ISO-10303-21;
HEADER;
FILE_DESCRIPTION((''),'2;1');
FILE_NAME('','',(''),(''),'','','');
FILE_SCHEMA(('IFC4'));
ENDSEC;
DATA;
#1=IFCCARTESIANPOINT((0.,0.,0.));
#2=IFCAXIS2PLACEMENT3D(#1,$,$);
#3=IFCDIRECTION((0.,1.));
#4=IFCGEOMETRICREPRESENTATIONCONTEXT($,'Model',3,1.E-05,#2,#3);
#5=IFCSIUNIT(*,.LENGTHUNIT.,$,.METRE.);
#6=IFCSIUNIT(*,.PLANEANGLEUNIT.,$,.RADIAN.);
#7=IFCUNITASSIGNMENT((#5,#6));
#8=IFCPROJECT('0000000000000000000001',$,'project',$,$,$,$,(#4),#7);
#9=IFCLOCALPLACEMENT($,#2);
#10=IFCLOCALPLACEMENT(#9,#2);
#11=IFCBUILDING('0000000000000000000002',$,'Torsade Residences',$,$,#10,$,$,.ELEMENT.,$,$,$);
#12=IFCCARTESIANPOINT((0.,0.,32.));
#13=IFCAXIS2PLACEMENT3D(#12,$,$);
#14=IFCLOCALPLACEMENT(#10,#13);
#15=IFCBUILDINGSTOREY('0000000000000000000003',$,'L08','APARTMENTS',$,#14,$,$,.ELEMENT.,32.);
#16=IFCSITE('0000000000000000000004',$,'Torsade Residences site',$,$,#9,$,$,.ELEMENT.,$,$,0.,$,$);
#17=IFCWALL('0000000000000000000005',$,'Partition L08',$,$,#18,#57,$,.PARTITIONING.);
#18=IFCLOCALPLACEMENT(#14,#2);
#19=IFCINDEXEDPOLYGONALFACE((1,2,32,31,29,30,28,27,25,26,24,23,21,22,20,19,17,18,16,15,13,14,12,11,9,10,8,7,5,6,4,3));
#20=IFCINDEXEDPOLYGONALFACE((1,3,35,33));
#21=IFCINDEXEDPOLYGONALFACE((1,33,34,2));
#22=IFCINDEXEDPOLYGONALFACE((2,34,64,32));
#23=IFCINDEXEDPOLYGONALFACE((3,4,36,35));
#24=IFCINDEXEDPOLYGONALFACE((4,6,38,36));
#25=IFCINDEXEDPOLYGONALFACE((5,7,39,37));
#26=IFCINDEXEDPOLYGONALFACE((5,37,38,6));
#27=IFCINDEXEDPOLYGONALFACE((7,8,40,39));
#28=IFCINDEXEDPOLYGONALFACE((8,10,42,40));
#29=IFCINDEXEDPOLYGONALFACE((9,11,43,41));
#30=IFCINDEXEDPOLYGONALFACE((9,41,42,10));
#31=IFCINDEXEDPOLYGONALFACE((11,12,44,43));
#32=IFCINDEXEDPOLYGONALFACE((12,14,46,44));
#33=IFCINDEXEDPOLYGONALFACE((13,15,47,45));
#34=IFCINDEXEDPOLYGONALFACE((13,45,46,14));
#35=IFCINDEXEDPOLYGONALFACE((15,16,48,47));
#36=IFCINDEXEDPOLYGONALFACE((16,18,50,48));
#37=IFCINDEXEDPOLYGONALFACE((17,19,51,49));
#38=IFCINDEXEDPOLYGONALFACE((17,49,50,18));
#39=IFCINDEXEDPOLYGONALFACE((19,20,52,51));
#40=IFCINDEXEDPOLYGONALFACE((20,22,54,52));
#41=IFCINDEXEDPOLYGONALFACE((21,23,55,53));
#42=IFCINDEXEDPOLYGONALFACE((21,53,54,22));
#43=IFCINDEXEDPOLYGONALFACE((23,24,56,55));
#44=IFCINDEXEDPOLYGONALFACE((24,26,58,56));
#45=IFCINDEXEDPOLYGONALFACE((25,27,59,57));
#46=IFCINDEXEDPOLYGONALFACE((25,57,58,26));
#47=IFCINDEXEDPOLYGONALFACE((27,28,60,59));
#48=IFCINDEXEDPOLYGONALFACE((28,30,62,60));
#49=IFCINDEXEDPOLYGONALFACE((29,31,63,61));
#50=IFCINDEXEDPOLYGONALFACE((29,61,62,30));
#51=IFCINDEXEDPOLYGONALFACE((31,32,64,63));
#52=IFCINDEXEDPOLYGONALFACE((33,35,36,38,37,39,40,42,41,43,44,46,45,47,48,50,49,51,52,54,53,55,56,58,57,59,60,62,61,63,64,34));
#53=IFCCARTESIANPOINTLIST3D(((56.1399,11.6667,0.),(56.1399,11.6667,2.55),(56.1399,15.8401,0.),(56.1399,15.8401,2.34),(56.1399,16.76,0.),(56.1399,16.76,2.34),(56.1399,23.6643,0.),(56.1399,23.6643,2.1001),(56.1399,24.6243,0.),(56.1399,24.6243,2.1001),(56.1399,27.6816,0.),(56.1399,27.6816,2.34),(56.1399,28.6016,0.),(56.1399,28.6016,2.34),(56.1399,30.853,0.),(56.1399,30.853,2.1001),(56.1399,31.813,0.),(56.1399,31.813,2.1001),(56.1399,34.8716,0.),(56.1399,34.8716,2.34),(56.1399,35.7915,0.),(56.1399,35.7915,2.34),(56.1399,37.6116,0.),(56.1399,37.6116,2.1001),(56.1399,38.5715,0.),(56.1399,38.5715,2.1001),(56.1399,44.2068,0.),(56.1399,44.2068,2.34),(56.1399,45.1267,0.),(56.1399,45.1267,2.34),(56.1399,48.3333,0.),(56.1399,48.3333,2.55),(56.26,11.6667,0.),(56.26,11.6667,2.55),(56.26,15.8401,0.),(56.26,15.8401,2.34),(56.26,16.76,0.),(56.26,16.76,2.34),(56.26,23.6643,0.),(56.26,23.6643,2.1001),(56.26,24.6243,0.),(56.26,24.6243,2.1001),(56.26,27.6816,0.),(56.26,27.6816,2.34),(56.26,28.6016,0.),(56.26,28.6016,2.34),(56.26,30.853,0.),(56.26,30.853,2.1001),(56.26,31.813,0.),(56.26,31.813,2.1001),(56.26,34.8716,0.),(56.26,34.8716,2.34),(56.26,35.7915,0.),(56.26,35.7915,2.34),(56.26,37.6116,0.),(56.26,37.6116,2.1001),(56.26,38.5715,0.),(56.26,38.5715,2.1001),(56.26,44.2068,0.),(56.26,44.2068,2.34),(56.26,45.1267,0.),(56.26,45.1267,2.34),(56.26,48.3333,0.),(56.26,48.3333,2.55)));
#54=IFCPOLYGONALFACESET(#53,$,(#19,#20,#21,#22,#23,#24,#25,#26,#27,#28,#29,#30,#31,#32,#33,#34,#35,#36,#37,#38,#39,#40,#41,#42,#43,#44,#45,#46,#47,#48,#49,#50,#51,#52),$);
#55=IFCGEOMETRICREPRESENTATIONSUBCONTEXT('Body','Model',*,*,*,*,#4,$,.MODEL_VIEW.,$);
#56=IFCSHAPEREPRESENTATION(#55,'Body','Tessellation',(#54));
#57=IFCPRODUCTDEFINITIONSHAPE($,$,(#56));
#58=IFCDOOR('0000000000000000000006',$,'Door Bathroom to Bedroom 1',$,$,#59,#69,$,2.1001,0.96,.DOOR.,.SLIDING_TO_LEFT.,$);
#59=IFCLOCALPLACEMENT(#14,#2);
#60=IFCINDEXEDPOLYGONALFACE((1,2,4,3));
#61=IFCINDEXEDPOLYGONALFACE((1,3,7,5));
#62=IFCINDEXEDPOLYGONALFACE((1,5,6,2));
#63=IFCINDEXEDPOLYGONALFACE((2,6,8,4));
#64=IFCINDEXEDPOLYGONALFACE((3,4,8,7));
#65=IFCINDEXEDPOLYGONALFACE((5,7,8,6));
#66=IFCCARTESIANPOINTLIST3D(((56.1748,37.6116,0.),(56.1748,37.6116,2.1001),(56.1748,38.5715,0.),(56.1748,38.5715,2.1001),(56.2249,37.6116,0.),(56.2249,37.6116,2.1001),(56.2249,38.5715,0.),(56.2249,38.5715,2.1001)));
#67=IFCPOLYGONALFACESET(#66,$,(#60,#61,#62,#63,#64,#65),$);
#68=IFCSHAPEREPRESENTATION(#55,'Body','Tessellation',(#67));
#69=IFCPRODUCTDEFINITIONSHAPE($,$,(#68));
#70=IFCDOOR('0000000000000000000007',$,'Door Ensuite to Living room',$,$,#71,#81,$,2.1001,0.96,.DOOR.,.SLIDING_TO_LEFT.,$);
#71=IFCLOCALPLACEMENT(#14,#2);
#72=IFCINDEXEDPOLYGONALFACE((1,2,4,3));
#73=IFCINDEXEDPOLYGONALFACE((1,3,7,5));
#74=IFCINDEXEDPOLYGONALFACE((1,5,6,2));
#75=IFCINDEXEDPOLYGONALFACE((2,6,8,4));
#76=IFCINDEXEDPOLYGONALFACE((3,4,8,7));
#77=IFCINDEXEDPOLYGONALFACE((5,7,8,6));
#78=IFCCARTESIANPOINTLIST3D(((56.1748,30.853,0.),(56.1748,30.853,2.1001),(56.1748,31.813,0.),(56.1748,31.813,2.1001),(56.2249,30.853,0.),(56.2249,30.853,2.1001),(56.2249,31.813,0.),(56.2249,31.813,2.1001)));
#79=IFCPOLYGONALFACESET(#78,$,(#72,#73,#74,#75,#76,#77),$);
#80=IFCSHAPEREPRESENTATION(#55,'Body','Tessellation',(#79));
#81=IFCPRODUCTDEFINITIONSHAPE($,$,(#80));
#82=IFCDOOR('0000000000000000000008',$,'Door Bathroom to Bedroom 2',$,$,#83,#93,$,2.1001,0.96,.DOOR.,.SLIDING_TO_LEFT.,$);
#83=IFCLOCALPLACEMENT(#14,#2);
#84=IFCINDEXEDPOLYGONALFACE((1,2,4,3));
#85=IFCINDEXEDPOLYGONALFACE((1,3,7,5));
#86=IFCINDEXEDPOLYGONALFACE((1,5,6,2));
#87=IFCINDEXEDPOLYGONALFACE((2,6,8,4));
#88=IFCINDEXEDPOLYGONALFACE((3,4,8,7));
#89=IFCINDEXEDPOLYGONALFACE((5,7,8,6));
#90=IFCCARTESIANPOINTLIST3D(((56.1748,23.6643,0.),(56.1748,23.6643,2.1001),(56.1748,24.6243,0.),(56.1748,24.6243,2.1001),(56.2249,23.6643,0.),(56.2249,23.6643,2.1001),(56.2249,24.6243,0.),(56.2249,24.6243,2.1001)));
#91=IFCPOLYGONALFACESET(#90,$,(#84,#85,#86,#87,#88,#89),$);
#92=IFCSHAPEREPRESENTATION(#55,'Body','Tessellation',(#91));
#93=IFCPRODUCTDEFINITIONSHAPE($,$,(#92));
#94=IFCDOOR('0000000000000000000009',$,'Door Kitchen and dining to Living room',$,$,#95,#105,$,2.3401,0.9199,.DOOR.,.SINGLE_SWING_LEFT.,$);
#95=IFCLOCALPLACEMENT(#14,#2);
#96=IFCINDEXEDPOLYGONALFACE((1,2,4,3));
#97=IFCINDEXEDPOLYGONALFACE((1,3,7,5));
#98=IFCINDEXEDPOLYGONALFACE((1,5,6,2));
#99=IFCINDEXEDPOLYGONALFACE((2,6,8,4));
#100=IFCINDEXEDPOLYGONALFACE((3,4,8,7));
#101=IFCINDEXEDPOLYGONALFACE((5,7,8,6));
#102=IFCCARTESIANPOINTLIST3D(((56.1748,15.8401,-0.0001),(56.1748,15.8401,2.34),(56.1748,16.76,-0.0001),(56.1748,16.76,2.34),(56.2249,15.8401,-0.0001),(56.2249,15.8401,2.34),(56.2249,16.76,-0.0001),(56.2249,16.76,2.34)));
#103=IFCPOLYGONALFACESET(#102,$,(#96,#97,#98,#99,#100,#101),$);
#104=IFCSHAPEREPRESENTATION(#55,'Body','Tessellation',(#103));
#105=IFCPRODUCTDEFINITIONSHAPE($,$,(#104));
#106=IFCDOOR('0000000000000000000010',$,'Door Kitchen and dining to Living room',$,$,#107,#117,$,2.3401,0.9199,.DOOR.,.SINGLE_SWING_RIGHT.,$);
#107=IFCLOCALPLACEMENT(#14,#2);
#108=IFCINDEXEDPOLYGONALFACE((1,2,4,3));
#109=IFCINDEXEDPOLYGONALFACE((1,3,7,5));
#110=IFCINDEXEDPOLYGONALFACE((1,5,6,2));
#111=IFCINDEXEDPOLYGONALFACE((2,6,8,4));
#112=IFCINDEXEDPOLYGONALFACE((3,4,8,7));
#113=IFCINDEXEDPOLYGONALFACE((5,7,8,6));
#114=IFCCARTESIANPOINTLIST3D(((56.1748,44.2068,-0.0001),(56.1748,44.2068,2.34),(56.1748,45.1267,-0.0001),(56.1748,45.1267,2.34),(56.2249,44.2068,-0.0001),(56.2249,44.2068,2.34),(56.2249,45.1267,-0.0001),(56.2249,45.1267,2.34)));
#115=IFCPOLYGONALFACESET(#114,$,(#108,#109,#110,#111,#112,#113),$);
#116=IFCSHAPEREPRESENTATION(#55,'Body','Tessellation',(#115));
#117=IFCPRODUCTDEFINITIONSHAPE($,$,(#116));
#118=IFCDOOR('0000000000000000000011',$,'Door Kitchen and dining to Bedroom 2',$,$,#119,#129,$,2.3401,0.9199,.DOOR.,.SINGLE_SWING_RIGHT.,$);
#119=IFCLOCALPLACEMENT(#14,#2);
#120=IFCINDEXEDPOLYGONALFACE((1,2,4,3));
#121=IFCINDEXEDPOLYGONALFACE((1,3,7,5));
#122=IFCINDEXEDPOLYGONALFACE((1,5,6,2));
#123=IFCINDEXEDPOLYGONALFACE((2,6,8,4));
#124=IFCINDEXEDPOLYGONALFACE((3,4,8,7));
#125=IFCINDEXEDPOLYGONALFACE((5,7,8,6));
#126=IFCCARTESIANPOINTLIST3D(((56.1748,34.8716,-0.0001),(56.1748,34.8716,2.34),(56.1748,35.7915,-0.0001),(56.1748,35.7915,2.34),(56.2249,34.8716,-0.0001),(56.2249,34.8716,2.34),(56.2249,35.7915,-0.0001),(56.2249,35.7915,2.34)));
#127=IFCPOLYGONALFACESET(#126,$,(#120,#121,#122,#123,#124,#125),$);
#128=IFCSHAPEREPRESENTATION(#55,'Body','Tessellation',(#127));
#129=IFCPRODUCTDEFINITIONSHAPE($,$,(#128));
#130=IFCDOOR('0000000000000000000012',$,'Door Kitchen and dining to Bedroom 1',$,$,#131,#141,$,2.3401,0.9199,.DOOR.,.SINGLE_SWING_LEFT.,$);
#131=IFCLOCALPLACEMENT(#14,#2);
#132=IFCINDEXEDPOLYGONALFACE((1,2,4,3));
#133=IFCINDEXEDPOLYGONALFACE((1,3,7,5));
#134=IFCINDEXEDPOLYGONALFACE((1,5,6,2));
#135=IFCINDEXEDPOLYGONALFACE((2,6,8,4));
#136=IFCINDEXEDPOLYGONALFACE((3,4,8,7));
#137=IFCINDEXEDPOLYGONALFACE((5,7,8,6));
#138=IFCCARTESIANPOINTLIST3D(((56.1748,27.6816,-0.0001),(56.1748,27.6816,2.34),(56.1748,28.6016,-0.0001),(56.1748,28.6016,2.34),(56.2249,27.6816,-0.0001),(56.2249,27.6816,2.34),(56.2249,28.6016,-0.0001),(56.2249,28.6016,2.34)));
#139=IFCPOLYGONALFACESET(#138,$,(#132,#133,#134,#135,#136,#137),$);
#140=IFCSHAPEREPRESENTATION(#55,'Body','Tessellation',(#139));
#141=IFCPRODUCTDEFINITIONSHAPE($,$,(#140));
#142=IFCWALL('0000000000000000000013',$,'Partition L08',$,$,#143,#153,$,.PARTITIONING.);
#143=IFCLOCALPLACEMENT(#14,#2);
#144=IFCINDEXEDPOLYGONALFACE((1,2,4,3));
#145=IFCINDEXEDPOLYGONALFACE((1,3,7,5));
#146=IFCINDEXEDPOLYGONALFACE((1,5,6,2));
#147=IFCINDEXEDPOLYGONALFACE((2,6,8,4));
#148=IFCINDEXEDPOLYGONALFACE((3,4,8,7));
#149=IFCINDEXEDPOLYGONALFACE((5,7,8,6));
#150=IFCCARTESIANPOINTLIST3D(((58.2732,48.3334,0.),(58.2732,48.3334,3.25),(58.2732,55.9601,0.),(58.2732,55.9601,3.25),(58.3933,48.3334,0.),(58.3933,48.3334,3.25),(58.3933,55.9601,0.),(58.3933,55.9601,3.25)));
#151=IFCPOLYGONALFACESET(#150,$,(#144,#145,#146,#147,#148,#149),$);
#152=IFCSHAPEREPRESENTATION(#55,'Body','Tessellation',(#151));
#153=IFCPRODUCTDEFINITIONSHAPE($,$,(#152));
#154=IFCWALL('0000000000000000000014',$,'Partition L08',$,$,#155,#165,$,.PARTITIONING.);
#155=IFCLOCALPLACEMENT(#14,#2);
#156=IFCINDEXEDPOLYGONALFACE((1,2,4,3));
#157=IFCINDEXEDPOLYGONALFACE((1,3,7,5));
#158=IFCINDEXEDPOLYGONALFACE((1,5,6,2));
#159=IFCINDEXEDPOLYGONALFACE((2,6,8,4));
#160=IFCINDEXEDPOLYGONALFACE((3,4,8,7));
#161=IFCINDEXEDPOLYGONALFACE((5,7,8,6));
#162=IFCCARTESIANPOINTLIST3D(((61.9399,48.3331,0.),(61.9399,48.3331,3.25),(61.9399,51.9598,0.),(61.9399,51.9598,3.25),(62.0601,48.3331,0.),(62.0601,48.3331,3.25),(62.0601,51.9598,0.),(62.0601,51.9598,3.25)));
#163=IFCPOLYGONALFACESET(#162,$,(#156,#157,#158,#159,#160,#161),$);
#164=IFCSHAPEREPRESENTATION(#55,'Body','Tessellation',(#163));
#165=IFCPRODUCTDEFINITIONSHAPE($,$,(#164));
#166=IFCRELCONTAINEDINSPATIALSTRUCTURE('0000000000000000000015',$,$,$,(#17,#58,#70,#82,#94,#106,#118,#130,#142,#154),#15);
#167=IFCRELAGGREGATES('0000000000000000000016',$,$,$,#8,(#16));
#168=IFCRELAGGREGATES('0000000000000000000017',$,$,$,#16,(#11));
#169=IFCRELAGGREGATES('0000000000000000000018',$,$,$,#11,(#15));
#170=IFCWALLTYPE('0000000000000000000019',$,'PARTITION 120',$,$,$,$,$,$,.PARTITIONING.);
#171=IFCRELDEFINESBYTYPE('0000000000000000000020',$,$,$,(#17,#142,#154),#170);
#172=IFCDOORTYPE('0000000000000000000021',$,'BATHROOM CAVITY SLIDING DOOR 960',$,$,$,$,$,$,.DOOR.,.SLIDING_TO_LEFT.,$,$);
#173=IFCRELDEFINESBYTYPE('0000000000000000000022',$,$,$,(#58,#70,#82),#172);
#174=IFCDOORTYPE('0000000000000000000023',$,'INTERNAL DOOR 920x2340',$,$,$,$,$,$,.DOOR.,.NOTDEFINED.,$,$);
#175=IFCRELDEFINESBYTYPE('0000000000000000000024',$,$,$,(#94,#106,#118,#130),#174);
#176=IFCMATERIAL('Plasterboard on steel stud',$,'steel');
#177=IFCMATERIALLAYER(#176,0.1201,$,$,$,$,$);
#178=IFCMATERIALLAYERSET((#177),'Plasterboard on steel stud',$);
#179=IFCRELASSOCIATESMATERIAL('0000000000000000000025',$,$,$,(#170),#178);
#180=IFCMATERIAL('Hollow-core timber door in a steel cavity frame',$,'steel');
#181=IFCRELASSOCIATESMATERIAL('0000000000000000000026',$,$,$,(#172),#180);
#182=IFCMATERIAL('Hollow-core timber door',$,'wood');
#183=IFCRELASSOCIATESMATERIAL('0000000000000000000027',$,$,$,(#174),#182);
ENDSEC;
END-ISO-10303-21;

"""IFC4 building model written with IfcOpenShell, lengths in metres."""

from ifc_helpers import new_model, si_unit, direction, frame, frame_2d, origin, place, context, subcontext, project, spatial, rectangle, extrude, material, layer, layer_set, type_object, element, fill, save


model = new_model("IFC4")

# Units and contexts
model_context = context("Model", 3, precision=1e-05, world=origin(), true_north=direction((0.0, 1.0)))
body_context = subcontext(model_context, "Body", "Model", "MODEL_VIEW")
ifc_project = project(units=[si_unit("LENGTHUNIT", "METRE"), si_unit("PLANEANGLEUNIT", "RADIAN")], contexts=[model_context])

# Site, building, storey
site_placement = place(None, origin())
site = spatial("IfcSite", under=ifc_project, at=site_placement, Name="Torsade Residences site", CompositionType="ELEMENT", RefElevation=0.0)
building_placement = place(site_placement, origin())
building = spatial("IfcBuilding", under=site, at=building_placement, Name="Torsade Residences", CompositionType="ELEMENT")
storey_placement = place(building_placement, frame((0.0, 0.0, 32.0)))
storey = spatial("IfcBuildingStorey", under=building, at=storey_placement, Name="L08", Description="APARTMENTS", CompositionType="ELEMENT", Elevation=32.0)

# Wall, openings, doors
ifc_material_1 = material(Name="Plasterboard on steel stud", Category="steel")
ifc_layer_1 = layer(ifc_material_1, 0.1201)
ifc_layer_set_1 = layer_set([ifc_layer_1], Name="Plasterboard on steel stud")
wall_type = type_object("IfcWallType", Name="PARTITION 120", PredefinedType="PARTITIONING", material=ifc_layer_set_1)
wall_1_placement = place(storey_placement, frame((56.2, 48.3333, 0.0), z_axis=(0.0, 0.0, 1.0), x_axis=(0.0, -1.0, 0.0)))
wall_1 = element("IfcWall", 1, at=wall_1_placement, inside=storey, type_object=wall_type, Name="Partition L08", PredefinedType="PARTITIONING", context=body_context, shape_type="SweptSolid", body=[
    extrude(rectangle(XDim=36.6665, YDim=0.1201, at=frame_2d((18.3333, 0.0))), origin(), (0.0, 0.0, 1.0), 2.55),
])
opening_1_placement = place(wall_1_placement, frame((31.5732, 0.0, 0.0)))
opening_1 = element("IfcOpeningElement", 2, at=opening_1_placement, cuts=wall_1, PredefinedType="OPENING", context=body_context, shape_type="SweptSolid", body=[
    extrude(rectangle(XDim=0.9199, YDim=2.3401, at=frame_2d((0.46, 1.1699))), frame((0.0, 0.0701, 0.0), z_axis=(0.0, -1.0, 0.0), x_axis=(1.0, 0.0, 0.0)), (0.0, 0.0, 1.0), 0.1401),
])
opening_2_placement = place(wall_1_placement, frame((3.2065, 0.0, 0.0)))
opening_2 = element("IfcOpeningElement", 3, at=opening_2_placement, cuts=wall_1, PredefinedType="OPENING", context=body_context, shape_type="SweptSolid", body=[
    extrude(rectangle(XDim=0.9199, YDim=2.3401, at=frame_2d((0.46, 1.1699))), frame((0.0, 0.0701, 0.0), z_axis=(0.0, -1.0, 0.0), x_axis=(1.0, 0.0, 0.0)), (0.0, 0.0, 1.0), 0.1401),
])
opening_3_placement = place(wall_1_placement, frame((12.5417, 0.0, 0.0)))
opening_3 = element("IfcOpeningElement", 4, at=opening_3_placement, cuts=wall_1, PredefinedType="OPENING", context=body_context, shape_type="SweptSolid", body=[
    extrude(rectangle(XDim=0.9199, YDim=2.3401, at=frame_2d((0.46, 1.1699))), frame((0.0, 0.0701, 0.0), z_axis=(0.0, -1.0, 0.0), x_axis=(1.0, 0.0, 0.0)), (0.0, 0.0, 1.0), 0.1401),
])
opening_4_placement = place(wall_1_placement, frame((19.7317, 0.0, 0.0)))
opening_4 = element("IfcOpeningElement", 5, at=opening_4_placement, cuts=wall_1, PredefinedType="OPENING", context=body_context, shape_type="SweptSolid", body=[
    extrude(rectangle(XDim=0.9199, YDim=2.3401, at=frame_2d((0.46, 1.1699))), frame((0.0, 0.0701, 0.0), z_axis=(0.0, -1.0, 0.0), x_axis=(1.0, 0.0, 0.0)), (0.0, 0.0, 1.0), 0.1401),
])
opening_5_placement = place(wall_1_placement, frame((9.7617, 0.0, 0.0)))
opening_5 = element("IfcOpeningElement", 6, at=opening_5_placement, cuts=wall_1, PredefinedType="OPENING", context=body_context, shape_type="SweptSolid", body=[
    extrude(rectangle(XDim=0.96, YDim=2.1001, at=frame_2d((0.48, 1.05))), frame((0.0, 0.0701, 0.0), z_axis=(0.0, -1.0, 0.0), x_axis=(1.0, 0.0, 0.0)), (0.0, 0.0, 1.0), 0.1401),
])
opening_6_placement = place(wall_1_placement, frame((16.5203, 0.0, 0.0)))
opening_6 = element("IfcOpeningElement", 7, at=opening_6_placement, cuts=wall_1, PredefinedType="OPENING", context=body_context, shape_type="SweptSolid", body=[
    extrude(rectangle(XDim=0.96, YDim=2.1001, at=frame_2d((0.48, 1.05))), frame((0.0, 0.0701, 0.0), z_axis=(0.0, -1.0, 0.0), x_axis=(1.0, 0.0, 0.0)), (0.0, 0.0, 1.0), 0.1401),
])
opening_7_placement = place(wall_1_placement, frame((23.709, 0.0, 0.0)))
opening_7 = element("IfcOpeningElement", 8, at=opening_7_placement, cuts=wall_1, PredefinedType="OPENING", context=body_context, shape_type="SweptSolid", body=[
    extrude(rectangle(XDim=0.96, YDim=2.1001, at=frame_2d((0.48, 1.05))), frame((0.0, 0.0701, 0.0), z_axis=(0.0, -1.0, 0.0), x_axis=(1.0, 0.0, 0.0)), (0.0, 0.0, 1.0), 0.1401),
])
ifc_material_2 = material(Name="Hollow-core timber door in a steel cavity frame", Category="steel")
door_type_1 = type_object("IfcDoorType", Name="BATHROOM CAVITY SLIDING DOOR 960", OperationType="SLIDING_TO_LEFT", PredefinedType="DOOR", material=ifc_material_2)
door_1_placement = place(opening_5_placement, origin())
door_1 = element("IfcDoor", 9, at=door_1_placement, inside=storey, type_object=door_type_1, Name="Door Bathroom to Bedroom 1", OperationType="SLIDING_TO_LEFT", OverallHeight=2.1001, OverallWidth=0.96, PredefinedType="DOOR", context=body_context, shape_type="SweptSolid", body=[
    extrude(rectangle(XDim=0.96, YDim=2.1001, at=frame_2d((0.48, 1.05))), frame((0.0, 0.0249, 0.0), z_axis=(0.0, -1.0, 0.0), x_axis=(1.0, 0.0, 0.0)), (0.0, 0.0, 1.0), 0.05),
])
fill(opening_5, door_1)
door_2_placement = place(opening_6_placement, origin())
door_2 = element("IfcDoor", 10, at=door_2_placement, inside=storey, type_object=door_type_1, Name="Door Ensuite to Living room", OperationType="SLIDING_TO_LEFT", OverallHeight=2.1001, OverallWidth=0.96, PredefinedType="DOOR", context=body_context, shape_type="SweptSolid", body=[
    extrude(rectangle(XDim=0.96, YDim=2.1001, at=frame_2d((0.48, 1.05))), frame((0.0, 0.0249, 0.0), z_axis=(0.0, -1.0, 0.0), x_axis=(1.0, 0.0, 0.0)), (0.0, 0.0, 1.0), 0.05),
])
fill(opening_6, door_2)
door_3_placement = place(opening_7_placement, origin())
door_3 = element("IfcDoor", 11, at=door_3_placement, inside=storey, type_object=door_type_1, Name="Door Bathroom to Bedroom 2", OperationType="SLIDING_TO_LEFT", OverallHeight=2.1001, OverallWidth=0.96, PredefinedType="DOOR", context=body_context, shape_type="SweptSolid", body=[
    extrude(rectangle(XDim=0.96, YDim=2.1001, at=frame_2d((0.48, 1.05))), frame((0.0, 0.0249, 0.0), z_axis=(0.0, -1.0, 0.0), x_axis=(1.0, 0.0, 0.0)), (0.0, 0.0, 1.0), 0.05),
])
fill(opening_7, door_3)
ifc_material_3 = material(Name="Hollow-core timber door", Category="wood")
door_type_2 = type_object("IfcDoorType", Name="INTERNAL DOOR 920x2340", OperationType="NOTDEFINED", PredefinedType="DOOR", material=ifc_material_3)
door_4_placement = place(opening_1_placement, origin())
door_4 = element("IfcDoor", 12, at=door_4_placement, inside=storey, type_object=door_type_2, Name="Door Kitchen and dining to Living room", OperationType="SINGLE_SWING_LEFT", OverallHeight=2.3401, OverallWidth=0.9199, PredefinedType="DOOR", context=body_context, shape_type="SweptSolid", body=[
    extrude(rectangle(XDim=0.9199, YDim=2.3401, at=frame_2d((0.46, 1.1699))), frame((0.0, 0.0249, 0.0), z_axis=(0.0, -1.0, 0.0), x_axis=(1.0, 0.0, 0.0)), (0.0, 0.0, 1.0), 0.05),
])
fill(opening_1, door_4)
door_5_placement = place(opening_2_placement, origin())
door_5 = element("IfcDoor", 13, at=door_5_placement, inside=storey, type_object=door_type_2, Name="Door Kitchen and dining to Living room", OperationType="SINGLE_SWING_RIGHT", OverallHeight=2.3401, OverallWidth=0.9199, PredefinedType="DOOR", context=body_context, shape_type="SweptSolid", body=[
    extrude(rectangle(XDim=0.9199, YDim=2.3401, at=frame_2d((0.46, 1.1699))), frame((0.0, 0.0249, 0.0), z_axis=(0.0, -1.0, 0.0), x_axis=(1.0, 0.0, 0.0)), (0.0, 0.0, 1.0), 0.05),
])
fill(opening_2, door_5)
door_6_placement = place(opening_3_placement, origin())
door_6 = element("IfcDoor", 14, at=door_6_placement, inside=storey, type_object=door_type_2, Name="Door Kitchen and dining to Bedroom 2", OperationType="SINGLE_SWING_RIGHT", OverallHeight=2.3401, OverallWidth=0.9199, PredefinedType="DOOR", context=body_context, shape_type="SweptSolid", body=[
    extrude(rectangle(XDim=0.9199, YDim=2.3401, at=frame_2d((0.46, 1.1699))), frame((0.0, 0.0249, 0.0), z_axis=(0.0, -1.0, 0.0), x_axis=(1.0, 0.0, 0.0)), (0.0, 0.0, 1.0), 0.05),
])
fill(opening_3, door_6)
door_7_placement = place(opening_4_placement, origin())
door_7 = element("IfcDoor", 15, at=door_7_placement, inside=storey, type_object=door_type_2, Name="Door Kitchen and dining to Bedroom 1", OperationType="SINGLE_SWING_LEFT", OverallHeight=2.3401, OverallWidth=0.9199, PredefinedType="DOOR", context=body_context, shape_type="SweptSolid", body=[
    extrude(rectangle(XDim=0.9199, YDim=2.3401, at=frame_2d((0.46, 1.1699))), frame((0.0, 0.0249, 0.0), z_axis=(0.0, -1.0, 0.0), x_axis=(1.0, 0.0, 0.0)), (0.0, 0.0, 1.0), 0.05),
])
fill(opening_4, door_7)

# Walls
wall_2_placement = place(storey_placement, frame((58.3333, 48.3333, 0.0), z_axis=(0.0, 0.0, 1.0), x_axis=(0.0, 1.0, 0.0)))
element("IfcWall", 16, at=wall_2_placement, inside=storey, type_object=wall_type, Name="Partition L08", PredefinedType="PARTITIONING", context=body_context, shape_type="SweptSolid", body=[
    extrude(rectangle(XDim=7.6267, YDim=0.1201, at=frame_2d((3.8135, 0.0))), origin(), (0.0, 0.0, 1.0), 3.25),
])
wall_3_placement = place(storey_placement, frame((62.0, 51.96, 0.0), z_axis=(0.0, 0.0, 1.0), x_axis=(0.0, -1.0, 0.0)))
element("IfcWall", 17, at=wall_3_placement, inside=storey, type_object=wall_type, Name="Partition L08", PredefinedType="PARTITIONING", context=body_context, shape_type="SweptSolid", body=[
    extrude(rectangle(XDim=3.6267, YDim=0.1201, at=frame_2d((1.8135, 0.0))), origin(), (0.0, 0.0, 1.0), 3.25),
])

save(model, "model.ifc")
